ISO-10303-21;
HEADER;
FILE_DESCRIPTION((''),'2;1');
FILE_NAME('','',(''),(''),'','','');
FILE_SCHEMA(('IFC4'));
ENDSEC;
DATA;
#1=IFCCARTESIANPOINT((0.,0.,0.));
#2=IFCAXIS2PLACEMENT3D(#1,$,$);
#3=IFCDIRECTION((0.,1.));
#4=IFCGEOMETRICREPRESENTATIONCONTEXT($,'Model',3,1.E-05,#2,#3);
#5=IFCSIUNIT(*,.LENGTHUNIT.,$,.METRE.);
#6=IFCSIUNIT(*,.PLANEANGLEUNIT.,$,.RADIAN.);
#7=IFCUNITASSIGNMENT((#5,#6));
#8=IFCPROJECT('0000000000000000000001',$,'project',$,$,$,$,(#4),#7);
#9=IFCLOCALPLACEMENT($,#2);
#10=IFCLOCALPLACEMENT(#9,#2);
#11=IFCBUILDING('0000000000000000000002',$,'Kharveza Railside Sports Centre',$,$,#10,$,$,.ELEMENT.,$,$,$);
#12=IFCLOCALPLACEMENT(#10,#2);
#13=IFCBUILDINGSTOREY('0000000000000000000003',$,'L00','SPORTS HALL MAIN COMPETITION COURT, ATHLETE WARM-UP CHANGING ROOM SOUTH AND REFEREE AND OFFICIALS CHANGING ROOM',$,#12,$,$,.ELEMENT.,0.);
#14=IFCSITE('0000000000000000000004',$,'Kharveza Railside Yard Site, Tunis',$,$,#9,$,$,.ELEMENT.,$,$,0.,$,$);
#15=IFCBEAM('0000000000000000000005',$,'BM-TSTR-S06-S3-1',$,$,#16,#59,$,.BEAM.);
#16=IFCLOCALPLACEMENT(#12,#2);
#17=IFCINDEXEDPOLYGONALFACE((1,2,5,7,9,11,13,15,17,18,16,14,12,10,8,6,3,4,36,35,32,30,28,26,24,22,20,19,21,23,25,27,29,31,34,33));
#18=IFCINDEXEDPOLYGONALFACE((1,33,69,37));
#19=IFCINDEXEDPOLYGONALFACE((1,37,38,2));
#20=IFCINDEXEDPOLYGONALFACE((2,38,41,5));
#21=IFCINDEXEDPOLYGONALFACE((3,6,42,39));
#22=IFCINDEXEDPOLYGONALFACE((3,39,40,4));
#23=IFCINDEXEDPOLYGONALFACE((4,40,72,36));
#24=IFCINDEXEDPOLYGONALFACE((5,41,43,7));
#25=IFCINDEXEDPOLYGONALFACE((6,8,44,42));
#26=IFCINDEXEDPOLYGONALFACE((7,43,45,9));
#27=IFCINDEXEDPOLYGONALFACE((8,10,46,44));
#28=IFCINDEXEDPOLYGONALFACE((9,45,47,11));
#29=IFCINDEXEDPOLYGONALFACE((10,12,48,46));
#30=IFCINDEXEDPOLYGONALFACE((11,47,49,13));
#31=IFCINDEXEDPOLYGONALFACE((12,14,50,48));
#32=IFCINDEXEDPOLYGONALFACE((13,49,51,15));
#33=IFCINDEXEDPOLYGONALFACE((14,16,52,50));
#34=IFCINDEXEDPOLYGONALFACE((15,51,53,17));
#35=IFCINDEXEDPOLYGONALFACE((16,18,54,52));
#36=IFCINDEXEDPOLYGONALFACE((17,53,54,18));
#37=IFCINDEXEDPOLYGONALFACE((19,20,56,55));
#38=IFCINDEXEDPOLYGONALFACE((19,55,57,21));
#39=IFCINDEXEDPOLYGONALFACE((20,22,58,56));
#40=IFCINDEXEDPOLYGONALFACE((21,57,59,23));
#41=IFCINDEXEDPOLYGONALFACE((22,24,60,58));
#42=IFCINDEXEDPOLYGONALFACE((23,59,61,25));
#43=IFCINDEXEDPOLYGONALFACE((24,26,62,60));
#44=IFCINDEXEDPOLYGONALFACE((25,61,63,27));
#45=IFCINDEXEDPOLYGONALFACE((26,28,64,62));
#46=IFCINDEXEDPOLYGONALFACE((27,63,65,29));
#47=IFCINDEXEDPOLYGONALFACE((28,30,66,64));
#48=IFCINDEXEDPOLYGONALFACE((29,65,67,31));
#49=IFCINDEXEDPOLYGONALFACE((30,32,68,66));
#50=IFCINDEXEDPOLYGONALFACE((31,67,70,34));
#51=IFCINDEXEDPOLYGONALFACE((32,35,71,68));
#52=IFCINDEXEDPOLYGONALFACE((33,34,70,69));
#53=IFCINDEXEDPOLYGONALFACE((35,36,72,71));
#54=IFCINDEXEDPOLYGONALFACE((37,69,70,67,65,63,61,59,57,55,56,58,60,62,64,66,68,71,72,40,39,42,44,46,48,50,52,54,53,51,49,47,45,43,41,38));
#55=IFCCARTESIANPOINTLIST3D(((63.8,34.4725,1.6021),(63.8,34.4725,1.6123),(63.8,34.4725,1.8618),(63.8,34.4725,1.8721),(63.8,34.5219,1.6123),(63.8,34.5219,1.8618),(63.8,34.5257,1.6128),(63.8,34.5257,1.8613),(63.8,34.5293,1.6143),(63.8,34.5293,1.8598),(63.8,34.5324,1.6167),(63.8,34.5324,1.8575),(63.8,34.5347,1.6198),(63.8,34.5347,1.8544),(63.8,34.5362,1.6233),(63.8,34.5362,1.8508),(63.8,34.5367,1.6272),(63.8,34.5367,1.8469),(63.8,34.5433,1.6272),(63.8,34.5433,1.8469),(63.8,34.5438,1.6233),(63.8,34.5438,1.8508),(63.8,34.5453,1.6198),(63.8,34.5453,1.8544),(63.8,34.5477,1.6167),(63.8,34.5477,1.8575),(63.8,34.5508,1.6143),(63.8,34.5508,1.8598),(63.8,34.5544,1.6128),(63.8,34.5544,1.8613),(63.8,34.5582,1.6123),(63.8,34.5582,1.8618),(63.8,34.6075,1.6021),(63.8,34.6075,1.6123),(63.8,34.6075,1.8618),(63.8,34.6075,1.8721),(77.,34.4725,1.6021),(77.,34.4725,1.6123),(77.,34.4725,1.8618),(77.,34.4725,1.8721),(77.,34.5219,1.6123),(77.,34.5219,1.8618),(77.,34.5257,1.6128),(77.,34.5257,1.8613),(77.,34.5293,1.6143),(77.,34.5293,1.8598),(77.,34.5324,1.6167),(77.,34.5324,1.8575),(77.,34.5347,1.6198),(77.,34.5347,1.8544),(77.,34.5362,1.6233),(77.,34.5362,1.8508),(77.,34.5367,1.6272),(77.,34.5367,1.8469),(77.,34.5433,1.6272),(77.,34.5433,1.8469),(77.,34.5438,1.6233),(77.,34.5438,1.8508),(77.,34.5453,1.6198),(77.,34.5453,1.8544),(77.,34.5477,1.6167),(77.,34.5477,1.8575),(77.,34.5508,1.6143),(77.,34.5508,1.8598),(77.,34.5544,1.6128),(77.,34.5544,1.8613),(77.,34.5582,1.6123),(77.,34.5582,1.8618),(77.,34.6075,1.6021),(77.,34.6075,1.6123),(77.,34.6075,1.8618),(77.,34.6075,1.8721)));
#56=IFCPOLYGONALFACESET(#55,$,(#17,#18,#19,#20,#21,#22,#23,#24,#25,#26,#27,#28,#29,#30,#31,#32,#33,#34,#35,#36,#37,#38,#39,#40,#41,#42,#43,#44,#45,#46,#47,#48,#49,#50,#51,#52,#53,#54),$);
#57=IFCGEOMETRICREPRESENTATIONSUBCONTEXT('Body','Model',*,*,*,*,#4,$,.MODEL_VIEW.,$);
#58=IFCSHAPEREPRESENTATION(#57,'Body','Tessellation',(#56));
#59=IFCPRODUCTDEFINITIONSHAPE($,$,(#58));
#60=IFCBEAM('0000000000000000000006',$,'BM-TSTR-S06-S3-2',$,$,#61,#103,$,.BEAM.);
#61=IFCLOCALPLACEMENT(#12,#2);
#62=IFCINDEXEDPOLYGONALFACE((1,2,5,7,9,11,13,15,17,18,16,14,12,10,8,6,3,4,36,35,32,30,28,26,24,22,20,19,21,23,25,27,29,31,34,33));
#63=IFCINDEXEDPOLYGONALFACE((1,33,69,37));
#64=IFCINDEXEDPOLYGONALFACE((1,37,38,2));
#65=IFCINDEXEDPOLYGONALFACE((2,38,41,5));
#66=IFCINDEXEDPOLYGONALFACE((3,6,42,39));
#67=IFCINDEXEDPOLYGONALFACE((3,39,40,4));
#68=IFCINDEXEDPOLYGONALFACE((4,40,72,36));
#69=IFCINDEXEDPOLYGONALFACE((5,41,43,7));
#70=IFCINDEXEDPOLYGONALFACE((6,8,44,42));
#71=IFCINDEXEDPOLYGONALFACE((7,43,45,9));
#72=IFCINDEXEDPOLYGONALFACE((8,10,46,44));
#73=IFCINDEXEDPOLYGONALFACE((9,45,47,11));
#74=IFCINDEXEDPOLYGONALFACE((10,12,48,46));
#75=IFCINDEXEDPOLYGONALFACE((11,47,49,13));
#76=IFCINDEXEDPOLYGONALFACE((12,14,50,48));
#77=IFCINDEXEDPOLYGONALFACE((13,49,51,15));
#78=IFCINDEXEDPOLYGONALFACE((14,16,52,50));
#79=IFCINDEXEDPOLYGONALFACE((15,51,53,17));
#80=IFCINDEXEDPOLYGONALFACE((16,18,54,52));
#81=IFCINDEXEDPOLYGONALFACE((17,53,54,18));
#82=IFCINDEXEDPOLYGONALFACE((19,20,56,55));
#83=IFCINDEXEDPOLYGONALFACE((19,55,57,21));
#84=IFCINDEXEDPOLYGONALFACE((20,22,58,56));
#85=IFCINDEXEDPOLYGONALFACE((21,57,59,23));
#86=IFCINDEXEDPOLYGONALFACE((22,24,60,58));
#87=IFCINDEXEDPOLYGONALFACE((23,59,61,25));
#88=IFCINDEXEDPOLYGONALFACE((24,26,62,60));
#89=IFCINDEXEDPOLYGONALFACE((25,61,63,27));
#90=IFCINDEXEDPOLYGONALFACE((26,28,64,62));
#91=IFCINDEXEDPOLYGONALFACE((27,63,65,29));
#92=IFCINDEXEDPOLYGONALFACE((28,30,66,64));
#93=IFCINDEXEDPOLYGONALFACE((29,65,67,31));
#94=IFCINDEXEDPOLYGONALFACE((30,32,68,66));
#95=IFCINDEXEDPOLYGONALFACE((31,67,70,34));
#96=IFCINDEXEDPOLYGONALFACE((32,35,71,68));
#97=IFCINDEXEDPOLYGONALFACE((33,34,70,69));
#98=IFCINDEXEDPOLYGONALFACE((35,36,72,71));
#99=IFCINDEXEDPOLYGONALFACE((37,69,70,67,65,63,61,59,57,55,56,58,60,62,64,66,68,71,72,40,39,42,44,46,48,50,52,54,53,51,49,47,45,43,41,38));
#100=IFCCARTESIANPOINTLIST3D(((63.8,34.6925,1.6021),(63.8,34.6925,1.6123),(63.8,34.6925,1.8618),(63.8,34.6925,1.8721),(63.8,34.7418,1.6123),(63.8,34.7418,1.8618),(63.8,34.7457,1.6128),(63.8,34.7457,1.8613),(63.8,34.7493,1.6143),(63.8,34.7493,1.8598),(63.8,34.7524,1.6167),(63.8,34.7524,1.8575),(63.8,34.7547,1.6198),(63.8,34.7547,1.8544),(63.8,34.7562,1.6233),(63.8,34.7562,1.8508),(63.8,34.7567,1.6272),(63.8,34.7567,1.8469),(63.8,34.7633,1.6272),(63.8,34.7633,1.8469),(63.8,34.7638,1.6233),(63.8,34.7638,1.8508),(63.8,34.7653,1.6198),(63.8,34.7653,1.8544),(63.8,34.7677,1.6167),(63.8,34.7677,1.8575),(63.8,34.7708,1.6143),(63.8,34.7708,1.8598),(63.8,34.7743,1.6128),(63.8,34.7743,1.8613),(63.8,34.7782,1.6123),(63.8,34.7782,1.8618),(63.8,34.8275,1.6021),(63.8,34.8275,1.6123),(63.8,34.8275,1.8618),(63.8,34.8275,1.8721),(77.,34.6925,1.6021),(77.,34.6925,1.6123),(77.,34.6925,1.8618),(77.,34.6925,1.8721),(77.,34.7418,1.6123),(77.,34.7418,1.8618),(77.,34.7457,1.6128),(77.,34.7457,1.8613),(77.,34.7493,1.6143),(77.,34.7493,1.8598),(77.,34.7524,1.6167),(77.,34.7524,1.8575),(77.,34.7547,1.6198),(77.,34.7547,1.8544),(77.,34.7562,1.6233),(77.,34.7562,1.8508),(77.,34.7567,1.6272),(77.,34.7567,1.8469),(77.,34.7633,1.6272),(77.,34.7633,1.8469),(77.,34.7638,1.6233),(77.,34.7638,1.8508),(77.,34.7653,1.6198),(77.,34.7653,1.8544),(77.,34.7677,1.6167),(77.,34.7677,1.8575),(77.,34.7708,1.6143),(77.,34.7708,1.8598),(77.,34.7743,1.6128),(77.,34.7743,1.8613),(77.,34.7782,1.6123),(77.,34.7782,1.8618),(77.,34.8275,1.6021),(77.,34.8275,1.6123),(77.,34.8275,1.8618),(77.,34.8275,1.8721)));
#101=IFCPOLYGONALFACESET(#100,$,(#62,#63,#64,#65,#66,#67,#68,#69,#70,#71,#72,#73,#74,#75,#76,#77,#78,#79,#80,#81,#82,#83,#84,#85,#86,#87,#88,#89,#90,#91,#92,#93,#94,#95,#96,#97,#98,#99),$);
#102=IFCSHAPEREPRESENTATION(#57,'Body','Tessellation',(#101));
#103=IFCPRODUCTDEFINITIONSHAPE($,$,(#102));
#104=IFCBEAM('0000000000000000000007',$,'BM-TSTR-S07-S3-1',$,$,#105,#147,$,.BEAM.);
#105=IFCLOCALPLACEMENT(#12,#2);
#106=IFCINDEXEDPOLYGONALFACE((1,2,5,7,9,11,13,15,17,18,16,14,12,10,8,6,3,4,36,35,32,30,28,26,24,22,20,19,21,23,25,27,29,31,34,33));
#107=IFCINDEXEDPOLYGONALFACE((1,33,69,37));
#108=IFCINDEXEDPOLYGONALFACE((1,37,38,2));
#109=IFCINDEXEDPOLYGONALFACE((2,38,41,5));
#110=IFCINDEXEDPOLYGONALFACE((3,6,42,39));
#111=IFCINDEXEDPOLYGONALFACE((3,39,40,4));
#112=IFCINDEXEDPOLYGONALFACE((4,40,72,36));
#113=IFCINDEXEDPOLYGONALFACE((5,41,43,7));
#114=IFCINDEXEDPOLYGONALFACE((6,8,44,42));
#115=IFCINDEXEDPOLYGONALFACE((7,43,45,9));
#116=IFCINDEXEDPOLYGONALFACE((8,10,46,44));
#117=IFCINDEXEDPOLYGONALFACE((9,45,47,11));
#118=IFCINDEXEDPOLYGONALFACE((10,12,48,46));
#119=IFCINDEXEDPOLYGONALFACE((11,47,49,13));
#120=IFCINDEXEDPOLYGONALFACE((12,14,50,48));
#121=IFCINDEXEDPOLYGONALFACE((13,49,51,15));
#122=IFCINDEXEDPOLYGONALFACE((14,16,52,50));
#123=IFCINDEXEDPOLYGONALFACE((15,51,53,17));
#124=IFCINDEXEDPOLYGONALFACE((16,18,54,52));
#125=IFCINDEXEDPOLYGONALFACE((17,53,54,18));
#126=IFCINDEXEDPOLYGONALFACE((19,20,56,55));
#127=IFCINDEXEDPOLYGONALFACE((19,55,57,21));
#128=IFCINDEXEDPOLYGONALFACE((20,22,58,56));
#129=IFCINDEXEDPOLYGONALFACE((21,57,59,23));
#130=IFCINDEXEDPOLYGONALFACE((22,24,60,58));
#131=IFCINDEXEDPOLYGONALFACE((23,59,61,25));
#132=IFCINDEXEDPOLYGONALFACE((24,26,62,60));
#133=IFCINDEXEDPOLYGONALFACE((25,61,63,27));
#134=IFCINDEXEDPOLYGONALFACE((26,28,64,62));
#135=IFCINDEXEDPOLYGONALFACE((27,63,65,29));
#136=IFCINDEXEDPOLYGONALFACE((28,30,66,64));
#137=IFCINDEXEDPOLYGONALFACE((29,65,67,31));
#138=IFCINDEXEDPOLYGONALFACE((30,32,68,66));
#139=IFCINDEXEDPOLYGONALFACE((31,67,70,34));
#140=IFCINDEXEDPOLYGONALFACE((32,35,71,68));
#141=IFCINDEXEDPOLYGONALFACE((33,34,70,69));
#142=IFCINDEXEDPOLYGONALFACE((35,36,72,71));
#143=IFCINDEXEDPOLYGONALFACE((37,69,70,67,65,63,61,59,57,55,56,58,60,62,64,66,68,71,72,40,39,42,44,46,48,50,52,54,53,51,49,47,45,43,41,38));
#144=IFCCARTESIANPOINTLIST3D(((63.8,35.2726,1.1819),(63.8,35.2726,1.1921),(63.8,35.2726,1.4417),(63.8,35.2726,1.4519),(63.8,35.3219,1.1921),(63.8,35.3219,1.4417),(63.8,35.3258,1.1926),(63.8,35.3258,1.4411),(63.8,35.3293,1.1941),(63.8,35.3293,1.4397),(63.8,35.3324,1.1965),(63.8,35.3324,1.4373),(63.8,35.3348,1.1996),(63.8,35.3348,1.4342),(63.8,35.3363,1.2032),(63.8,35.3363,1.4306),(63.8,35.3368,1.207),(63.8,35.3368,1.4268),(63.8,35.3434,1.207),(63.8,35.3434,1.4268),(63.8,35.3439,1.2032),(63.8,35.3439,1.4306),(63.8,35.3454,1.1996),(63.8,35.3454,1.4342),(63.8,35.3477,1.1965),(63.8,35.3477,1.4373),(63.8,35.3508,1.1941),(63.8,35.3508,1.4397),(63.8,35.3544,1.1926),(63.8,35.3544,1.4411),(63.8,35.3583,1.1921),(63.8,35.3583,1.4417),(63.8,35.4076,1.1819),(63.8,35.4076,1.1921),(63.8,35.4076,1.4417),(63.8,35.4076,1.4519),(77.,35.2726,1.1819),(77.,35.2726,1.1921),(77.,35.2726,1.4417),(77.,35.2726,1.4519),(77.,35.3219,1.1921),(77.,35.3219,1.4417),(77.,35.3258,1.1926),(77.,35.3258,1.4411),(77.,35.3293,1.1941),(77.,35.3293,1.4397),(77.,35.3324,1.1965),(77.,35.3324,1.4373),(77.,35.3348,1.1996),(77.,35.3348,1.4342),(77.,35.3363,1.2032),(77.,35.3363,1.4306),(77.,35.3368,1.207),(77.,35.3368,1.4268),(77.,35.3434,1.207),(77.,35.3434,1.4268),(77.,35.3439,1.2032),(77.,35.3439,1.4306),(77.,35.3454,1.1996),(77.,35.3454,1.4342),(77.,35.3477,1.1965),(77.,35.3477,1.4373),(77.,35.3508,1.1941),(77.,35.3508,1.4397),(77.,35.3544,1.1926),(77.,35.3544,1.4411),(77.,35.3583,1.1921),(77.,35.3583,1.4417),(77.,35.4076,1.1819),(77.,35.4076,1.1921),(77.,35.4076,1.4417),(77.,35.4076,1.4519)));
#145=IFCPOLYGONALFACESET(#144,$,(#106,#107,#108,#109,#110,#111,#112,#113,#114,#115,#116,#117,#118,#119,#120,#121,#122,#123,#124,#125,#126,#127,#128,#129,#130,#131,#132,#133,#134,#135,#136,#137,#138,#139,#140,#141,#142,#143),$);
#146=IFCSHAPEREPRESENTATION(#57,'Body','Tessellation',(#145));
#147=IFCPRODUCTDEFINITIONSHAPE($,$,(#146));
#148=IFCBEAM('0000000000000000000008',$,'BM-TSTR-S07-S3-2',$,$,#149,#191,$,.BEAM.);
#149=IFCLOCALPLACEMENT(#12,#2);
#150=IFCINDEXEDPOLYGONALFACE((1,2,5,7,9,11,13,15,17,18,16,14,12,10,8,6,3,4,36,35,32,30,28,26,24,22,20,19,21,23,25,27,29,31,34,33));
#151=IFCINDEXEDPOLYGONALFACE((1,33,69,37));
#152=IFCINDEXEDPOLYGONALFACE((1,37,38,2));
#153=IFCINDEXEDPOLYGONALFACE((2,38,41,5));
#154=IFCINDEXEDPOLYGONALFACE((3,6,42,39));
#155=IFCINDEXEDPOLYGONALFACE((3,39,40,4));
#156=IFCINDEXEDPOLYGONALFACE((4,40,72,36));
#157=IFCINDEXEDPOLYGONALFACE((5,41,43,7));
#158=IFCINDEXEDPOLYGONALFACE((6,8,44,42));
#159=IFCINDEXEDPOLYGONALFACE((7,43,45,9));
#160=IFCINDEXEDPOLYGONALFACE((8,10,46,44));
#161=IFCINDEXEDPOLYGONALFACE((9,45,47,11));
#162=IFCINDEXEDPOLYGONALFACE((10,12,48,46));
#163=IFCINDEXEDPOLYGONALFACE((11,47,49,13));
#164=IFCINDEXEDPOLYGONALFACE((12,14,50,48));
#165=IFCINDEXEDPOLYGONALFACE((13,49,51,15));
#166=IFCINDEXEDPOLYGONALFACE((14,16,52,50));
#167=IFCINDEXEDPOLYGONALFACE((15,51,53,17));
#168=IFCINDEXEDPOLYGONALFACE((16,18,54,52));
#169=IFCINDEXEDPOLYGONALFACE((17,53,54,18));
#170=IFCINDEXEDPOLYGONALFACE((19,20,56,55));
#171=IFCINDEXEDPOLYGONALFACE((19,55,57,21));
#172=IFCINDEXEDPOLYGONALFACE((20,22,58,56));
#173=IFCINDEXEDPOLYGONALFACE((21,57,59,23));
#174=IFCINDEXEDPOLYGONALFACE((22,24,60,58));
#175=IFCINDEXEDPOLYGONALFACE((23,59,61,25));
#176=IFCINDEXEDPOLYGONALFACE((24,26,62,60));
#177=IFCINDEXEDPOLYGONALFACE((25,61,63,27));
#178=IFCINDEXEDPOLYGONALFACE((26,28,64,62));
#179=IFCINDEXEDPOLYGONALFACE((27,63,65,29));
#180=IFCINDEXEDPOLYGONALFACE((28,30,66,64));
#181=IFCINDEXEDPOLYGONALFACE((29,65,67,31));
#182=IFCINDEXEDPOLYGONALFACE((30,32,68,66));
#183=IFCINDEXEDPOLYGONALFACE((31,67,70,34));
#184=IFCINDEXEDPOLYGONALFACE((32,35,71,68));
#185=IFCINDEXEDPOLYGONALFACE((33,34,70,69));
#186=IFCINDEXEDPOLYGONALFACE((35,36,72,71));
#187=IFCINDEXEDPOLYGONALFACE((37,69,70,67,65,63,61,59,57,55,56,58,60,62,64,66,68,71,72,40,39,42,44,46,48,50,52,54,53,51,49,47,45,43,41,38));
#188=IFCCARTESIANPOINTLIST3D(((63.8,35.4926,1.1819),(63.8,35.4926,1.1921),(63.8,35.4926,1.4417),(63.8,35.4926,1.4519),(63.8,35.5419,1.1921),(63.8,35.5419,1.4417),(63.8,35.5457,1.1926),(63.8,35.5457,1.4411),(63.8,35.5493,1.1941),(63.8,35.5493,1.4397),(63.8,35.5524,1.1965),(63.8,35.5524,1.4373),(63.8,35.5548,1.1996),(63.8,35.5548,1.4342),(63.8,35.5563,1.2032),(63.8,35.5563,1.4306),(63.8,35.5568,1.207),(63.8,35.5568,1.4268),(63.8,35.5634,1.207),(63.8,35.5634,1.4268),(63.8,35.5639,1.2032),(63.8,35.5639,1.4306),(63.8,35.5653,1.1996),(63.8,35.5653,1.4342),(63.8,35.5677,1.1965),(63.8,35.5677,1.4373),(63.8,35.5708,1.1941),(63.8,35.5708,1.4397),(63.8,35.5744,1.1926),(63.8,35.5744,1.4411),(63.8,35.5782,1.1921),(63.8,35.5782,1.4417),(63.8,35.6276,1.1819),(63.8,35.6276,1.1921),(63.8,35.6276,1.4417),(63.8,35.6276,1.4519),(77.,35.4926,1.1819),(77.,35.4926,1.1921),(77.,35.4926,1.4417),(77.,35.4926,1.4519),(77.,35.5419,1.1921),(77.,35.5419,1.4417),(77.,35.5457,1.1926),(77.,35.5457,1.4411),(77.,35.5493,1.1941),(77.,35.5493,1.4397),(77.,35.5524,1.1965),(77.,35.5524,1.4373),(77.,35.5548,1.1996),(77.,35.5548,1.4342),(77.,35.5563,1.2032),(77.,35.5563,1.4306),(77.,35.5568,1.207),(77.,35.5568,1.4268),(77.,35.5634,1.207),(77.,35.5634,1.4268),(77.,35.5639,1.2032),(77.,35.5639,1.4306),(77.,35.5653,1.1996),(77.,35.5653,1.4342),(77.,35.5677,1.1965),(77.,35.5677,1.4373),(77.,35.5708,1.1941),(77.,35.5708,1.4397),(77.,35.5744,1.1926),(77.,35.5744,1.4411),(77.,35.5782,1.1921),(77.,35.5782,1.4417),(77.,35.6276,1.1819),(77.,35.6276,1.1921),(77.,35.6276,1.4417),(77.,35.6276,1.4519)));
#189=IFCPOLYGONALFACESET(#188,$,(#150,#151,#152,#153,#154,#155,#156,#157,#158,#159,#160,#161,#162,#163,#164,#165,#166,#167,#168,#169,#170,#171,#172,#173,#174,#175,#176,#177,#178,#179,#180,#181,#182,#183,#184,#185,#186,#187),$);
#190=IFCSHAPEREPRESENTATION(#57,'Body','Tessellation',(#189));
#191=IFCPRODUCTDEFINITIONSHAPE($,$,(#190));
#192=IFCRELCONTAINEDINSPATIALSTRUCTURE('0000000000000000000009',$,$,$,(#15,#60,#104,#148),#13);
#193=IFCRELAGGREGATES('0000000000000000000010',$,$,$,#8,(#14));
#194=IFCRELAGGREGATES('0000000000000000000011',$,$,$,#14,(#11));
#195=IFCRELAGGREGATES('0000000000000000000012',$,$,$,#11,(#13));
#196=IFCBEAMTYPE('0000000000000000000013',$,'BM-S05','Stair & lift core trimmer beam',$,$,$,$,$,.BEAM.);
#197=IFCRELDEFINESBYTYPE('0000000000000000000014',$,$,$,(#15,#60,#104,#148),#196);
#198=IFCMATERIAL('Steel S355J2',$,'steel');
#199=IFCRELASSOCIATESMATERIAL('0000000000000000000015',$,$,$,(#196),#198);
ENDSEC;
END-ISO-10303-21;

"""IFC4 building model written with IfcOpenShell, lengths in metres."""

from ifc_helpers import new_model, si_unit, direction, frame, origin, origin_2d, place, context, subcontext, project, spatial, i_section, extrude, material, material_profile, profile_set, type_object, element, save


model = new_model("IFC4")

# Units and contexts
model_context = context("Model", 3, precision=1e-05, world=origin(), true_north=direction((0.0, 1.0)))
body_context = subcontext(model_context, "Body", "Model", "MODEL_VIEW")
ifc_project = project(units=[si_unit("LENGTHUNIT", "METRE"), si_unit("PLANEANGLEUNIT", "RADIAN")], contexts=[model_context])

# Site, building, storey
site_placement = place(None, origin())
site = spatial("IfcSite", under=ifc_project, at=site_placement, Name="Kharveza Railside Yard Site, Tunis", CompositionType="ELEMENT", RefElevation=0.0)
building_placement = place(site_placement, origin())
building = spatial("IfcBuilding", under=site, at=building_placement, Name="Kharveza Railside Sports Centre", CompositionType="ELEMENT")
storey_placement = place(building_placement, origin())
storey = spatial("IfcBuildingStorey", under=building, at=storey_placement, Name="L00", Description="SPORTS HALL MAIN COMPETITION COURT, ATHLETE WARM-UP CHANGING ROOM SOUTH AND REFEREE AND OFFICIALS CHANGING ROOM", CompositionType="ELEMENT", Elevation=0.0)

# Shared definitions
ifc_material_1 = material(Name="Steel S355J2", Category="steel")

# Beams
ifc_material_profile_1 = material_profile(ifc_material_1, i_section(OverallWidth=0.135, OverallDepth=0.27, WebThickness=0.0066, FlangeThickness=0.0103, FilletRadius=0.0149, at=origin_2d()), Name="IPE 270")
ifc_profile_set_1 = profile_set([ifc_material_profile_1], Name="Steel S355J2")
beam_type = type_object("IfcBeamType", Name="BM-S05", Description="Stair & lift core trimmer beam", PredefinedType="BEAM", material=ifc_profile_set_1)
for number, where, z_axis, x_axis, name in (
    (1, (63.8, 34.54, 1.7371), (1.0, 0.0, 0.0), (0.0, 1.0, 0.0), "BM-TSTR-S06-S3-1"),
    (2, (63.8, 34.76, 1.7371), (1.0, 0.0, 0.0), (0.0, 1.0, 0.0), "BM-TSTR-S06-S3-2"),
    (3, (63.8, 35.3401, 1.3169), (1.0, 0.0, 0.0), (0.0, 1.0, 0.0), "BM-TSTR-S07-S3-1"),
    (4, (63.8, 35.5601, 1.3169), (1.0, 0.0, 0.0), (0.0, 1.0, 0.0), "BM-TSTR-S07-S3-2"),
):
    element("IfcBeam", number, at=place(storey_placement, frame(where, z_axis=z_axis, x_axis=x_axis)), inside=storey, type_object=beam_type, Name=name, PredefinedType="BEAM", context=body_context, shape_type="SweptSolid", body=[
        extrude(i_section(OverallWidth=0.135, OverallDepth=0.27, WebThickness=0.0066, FlangeThickness=0.0103, FilletRadius=0.0149, at=origin_2d()), origin(), (0.0, 0.0, 1.0), 13.2),
    ])

save(model, "model.ifc")
